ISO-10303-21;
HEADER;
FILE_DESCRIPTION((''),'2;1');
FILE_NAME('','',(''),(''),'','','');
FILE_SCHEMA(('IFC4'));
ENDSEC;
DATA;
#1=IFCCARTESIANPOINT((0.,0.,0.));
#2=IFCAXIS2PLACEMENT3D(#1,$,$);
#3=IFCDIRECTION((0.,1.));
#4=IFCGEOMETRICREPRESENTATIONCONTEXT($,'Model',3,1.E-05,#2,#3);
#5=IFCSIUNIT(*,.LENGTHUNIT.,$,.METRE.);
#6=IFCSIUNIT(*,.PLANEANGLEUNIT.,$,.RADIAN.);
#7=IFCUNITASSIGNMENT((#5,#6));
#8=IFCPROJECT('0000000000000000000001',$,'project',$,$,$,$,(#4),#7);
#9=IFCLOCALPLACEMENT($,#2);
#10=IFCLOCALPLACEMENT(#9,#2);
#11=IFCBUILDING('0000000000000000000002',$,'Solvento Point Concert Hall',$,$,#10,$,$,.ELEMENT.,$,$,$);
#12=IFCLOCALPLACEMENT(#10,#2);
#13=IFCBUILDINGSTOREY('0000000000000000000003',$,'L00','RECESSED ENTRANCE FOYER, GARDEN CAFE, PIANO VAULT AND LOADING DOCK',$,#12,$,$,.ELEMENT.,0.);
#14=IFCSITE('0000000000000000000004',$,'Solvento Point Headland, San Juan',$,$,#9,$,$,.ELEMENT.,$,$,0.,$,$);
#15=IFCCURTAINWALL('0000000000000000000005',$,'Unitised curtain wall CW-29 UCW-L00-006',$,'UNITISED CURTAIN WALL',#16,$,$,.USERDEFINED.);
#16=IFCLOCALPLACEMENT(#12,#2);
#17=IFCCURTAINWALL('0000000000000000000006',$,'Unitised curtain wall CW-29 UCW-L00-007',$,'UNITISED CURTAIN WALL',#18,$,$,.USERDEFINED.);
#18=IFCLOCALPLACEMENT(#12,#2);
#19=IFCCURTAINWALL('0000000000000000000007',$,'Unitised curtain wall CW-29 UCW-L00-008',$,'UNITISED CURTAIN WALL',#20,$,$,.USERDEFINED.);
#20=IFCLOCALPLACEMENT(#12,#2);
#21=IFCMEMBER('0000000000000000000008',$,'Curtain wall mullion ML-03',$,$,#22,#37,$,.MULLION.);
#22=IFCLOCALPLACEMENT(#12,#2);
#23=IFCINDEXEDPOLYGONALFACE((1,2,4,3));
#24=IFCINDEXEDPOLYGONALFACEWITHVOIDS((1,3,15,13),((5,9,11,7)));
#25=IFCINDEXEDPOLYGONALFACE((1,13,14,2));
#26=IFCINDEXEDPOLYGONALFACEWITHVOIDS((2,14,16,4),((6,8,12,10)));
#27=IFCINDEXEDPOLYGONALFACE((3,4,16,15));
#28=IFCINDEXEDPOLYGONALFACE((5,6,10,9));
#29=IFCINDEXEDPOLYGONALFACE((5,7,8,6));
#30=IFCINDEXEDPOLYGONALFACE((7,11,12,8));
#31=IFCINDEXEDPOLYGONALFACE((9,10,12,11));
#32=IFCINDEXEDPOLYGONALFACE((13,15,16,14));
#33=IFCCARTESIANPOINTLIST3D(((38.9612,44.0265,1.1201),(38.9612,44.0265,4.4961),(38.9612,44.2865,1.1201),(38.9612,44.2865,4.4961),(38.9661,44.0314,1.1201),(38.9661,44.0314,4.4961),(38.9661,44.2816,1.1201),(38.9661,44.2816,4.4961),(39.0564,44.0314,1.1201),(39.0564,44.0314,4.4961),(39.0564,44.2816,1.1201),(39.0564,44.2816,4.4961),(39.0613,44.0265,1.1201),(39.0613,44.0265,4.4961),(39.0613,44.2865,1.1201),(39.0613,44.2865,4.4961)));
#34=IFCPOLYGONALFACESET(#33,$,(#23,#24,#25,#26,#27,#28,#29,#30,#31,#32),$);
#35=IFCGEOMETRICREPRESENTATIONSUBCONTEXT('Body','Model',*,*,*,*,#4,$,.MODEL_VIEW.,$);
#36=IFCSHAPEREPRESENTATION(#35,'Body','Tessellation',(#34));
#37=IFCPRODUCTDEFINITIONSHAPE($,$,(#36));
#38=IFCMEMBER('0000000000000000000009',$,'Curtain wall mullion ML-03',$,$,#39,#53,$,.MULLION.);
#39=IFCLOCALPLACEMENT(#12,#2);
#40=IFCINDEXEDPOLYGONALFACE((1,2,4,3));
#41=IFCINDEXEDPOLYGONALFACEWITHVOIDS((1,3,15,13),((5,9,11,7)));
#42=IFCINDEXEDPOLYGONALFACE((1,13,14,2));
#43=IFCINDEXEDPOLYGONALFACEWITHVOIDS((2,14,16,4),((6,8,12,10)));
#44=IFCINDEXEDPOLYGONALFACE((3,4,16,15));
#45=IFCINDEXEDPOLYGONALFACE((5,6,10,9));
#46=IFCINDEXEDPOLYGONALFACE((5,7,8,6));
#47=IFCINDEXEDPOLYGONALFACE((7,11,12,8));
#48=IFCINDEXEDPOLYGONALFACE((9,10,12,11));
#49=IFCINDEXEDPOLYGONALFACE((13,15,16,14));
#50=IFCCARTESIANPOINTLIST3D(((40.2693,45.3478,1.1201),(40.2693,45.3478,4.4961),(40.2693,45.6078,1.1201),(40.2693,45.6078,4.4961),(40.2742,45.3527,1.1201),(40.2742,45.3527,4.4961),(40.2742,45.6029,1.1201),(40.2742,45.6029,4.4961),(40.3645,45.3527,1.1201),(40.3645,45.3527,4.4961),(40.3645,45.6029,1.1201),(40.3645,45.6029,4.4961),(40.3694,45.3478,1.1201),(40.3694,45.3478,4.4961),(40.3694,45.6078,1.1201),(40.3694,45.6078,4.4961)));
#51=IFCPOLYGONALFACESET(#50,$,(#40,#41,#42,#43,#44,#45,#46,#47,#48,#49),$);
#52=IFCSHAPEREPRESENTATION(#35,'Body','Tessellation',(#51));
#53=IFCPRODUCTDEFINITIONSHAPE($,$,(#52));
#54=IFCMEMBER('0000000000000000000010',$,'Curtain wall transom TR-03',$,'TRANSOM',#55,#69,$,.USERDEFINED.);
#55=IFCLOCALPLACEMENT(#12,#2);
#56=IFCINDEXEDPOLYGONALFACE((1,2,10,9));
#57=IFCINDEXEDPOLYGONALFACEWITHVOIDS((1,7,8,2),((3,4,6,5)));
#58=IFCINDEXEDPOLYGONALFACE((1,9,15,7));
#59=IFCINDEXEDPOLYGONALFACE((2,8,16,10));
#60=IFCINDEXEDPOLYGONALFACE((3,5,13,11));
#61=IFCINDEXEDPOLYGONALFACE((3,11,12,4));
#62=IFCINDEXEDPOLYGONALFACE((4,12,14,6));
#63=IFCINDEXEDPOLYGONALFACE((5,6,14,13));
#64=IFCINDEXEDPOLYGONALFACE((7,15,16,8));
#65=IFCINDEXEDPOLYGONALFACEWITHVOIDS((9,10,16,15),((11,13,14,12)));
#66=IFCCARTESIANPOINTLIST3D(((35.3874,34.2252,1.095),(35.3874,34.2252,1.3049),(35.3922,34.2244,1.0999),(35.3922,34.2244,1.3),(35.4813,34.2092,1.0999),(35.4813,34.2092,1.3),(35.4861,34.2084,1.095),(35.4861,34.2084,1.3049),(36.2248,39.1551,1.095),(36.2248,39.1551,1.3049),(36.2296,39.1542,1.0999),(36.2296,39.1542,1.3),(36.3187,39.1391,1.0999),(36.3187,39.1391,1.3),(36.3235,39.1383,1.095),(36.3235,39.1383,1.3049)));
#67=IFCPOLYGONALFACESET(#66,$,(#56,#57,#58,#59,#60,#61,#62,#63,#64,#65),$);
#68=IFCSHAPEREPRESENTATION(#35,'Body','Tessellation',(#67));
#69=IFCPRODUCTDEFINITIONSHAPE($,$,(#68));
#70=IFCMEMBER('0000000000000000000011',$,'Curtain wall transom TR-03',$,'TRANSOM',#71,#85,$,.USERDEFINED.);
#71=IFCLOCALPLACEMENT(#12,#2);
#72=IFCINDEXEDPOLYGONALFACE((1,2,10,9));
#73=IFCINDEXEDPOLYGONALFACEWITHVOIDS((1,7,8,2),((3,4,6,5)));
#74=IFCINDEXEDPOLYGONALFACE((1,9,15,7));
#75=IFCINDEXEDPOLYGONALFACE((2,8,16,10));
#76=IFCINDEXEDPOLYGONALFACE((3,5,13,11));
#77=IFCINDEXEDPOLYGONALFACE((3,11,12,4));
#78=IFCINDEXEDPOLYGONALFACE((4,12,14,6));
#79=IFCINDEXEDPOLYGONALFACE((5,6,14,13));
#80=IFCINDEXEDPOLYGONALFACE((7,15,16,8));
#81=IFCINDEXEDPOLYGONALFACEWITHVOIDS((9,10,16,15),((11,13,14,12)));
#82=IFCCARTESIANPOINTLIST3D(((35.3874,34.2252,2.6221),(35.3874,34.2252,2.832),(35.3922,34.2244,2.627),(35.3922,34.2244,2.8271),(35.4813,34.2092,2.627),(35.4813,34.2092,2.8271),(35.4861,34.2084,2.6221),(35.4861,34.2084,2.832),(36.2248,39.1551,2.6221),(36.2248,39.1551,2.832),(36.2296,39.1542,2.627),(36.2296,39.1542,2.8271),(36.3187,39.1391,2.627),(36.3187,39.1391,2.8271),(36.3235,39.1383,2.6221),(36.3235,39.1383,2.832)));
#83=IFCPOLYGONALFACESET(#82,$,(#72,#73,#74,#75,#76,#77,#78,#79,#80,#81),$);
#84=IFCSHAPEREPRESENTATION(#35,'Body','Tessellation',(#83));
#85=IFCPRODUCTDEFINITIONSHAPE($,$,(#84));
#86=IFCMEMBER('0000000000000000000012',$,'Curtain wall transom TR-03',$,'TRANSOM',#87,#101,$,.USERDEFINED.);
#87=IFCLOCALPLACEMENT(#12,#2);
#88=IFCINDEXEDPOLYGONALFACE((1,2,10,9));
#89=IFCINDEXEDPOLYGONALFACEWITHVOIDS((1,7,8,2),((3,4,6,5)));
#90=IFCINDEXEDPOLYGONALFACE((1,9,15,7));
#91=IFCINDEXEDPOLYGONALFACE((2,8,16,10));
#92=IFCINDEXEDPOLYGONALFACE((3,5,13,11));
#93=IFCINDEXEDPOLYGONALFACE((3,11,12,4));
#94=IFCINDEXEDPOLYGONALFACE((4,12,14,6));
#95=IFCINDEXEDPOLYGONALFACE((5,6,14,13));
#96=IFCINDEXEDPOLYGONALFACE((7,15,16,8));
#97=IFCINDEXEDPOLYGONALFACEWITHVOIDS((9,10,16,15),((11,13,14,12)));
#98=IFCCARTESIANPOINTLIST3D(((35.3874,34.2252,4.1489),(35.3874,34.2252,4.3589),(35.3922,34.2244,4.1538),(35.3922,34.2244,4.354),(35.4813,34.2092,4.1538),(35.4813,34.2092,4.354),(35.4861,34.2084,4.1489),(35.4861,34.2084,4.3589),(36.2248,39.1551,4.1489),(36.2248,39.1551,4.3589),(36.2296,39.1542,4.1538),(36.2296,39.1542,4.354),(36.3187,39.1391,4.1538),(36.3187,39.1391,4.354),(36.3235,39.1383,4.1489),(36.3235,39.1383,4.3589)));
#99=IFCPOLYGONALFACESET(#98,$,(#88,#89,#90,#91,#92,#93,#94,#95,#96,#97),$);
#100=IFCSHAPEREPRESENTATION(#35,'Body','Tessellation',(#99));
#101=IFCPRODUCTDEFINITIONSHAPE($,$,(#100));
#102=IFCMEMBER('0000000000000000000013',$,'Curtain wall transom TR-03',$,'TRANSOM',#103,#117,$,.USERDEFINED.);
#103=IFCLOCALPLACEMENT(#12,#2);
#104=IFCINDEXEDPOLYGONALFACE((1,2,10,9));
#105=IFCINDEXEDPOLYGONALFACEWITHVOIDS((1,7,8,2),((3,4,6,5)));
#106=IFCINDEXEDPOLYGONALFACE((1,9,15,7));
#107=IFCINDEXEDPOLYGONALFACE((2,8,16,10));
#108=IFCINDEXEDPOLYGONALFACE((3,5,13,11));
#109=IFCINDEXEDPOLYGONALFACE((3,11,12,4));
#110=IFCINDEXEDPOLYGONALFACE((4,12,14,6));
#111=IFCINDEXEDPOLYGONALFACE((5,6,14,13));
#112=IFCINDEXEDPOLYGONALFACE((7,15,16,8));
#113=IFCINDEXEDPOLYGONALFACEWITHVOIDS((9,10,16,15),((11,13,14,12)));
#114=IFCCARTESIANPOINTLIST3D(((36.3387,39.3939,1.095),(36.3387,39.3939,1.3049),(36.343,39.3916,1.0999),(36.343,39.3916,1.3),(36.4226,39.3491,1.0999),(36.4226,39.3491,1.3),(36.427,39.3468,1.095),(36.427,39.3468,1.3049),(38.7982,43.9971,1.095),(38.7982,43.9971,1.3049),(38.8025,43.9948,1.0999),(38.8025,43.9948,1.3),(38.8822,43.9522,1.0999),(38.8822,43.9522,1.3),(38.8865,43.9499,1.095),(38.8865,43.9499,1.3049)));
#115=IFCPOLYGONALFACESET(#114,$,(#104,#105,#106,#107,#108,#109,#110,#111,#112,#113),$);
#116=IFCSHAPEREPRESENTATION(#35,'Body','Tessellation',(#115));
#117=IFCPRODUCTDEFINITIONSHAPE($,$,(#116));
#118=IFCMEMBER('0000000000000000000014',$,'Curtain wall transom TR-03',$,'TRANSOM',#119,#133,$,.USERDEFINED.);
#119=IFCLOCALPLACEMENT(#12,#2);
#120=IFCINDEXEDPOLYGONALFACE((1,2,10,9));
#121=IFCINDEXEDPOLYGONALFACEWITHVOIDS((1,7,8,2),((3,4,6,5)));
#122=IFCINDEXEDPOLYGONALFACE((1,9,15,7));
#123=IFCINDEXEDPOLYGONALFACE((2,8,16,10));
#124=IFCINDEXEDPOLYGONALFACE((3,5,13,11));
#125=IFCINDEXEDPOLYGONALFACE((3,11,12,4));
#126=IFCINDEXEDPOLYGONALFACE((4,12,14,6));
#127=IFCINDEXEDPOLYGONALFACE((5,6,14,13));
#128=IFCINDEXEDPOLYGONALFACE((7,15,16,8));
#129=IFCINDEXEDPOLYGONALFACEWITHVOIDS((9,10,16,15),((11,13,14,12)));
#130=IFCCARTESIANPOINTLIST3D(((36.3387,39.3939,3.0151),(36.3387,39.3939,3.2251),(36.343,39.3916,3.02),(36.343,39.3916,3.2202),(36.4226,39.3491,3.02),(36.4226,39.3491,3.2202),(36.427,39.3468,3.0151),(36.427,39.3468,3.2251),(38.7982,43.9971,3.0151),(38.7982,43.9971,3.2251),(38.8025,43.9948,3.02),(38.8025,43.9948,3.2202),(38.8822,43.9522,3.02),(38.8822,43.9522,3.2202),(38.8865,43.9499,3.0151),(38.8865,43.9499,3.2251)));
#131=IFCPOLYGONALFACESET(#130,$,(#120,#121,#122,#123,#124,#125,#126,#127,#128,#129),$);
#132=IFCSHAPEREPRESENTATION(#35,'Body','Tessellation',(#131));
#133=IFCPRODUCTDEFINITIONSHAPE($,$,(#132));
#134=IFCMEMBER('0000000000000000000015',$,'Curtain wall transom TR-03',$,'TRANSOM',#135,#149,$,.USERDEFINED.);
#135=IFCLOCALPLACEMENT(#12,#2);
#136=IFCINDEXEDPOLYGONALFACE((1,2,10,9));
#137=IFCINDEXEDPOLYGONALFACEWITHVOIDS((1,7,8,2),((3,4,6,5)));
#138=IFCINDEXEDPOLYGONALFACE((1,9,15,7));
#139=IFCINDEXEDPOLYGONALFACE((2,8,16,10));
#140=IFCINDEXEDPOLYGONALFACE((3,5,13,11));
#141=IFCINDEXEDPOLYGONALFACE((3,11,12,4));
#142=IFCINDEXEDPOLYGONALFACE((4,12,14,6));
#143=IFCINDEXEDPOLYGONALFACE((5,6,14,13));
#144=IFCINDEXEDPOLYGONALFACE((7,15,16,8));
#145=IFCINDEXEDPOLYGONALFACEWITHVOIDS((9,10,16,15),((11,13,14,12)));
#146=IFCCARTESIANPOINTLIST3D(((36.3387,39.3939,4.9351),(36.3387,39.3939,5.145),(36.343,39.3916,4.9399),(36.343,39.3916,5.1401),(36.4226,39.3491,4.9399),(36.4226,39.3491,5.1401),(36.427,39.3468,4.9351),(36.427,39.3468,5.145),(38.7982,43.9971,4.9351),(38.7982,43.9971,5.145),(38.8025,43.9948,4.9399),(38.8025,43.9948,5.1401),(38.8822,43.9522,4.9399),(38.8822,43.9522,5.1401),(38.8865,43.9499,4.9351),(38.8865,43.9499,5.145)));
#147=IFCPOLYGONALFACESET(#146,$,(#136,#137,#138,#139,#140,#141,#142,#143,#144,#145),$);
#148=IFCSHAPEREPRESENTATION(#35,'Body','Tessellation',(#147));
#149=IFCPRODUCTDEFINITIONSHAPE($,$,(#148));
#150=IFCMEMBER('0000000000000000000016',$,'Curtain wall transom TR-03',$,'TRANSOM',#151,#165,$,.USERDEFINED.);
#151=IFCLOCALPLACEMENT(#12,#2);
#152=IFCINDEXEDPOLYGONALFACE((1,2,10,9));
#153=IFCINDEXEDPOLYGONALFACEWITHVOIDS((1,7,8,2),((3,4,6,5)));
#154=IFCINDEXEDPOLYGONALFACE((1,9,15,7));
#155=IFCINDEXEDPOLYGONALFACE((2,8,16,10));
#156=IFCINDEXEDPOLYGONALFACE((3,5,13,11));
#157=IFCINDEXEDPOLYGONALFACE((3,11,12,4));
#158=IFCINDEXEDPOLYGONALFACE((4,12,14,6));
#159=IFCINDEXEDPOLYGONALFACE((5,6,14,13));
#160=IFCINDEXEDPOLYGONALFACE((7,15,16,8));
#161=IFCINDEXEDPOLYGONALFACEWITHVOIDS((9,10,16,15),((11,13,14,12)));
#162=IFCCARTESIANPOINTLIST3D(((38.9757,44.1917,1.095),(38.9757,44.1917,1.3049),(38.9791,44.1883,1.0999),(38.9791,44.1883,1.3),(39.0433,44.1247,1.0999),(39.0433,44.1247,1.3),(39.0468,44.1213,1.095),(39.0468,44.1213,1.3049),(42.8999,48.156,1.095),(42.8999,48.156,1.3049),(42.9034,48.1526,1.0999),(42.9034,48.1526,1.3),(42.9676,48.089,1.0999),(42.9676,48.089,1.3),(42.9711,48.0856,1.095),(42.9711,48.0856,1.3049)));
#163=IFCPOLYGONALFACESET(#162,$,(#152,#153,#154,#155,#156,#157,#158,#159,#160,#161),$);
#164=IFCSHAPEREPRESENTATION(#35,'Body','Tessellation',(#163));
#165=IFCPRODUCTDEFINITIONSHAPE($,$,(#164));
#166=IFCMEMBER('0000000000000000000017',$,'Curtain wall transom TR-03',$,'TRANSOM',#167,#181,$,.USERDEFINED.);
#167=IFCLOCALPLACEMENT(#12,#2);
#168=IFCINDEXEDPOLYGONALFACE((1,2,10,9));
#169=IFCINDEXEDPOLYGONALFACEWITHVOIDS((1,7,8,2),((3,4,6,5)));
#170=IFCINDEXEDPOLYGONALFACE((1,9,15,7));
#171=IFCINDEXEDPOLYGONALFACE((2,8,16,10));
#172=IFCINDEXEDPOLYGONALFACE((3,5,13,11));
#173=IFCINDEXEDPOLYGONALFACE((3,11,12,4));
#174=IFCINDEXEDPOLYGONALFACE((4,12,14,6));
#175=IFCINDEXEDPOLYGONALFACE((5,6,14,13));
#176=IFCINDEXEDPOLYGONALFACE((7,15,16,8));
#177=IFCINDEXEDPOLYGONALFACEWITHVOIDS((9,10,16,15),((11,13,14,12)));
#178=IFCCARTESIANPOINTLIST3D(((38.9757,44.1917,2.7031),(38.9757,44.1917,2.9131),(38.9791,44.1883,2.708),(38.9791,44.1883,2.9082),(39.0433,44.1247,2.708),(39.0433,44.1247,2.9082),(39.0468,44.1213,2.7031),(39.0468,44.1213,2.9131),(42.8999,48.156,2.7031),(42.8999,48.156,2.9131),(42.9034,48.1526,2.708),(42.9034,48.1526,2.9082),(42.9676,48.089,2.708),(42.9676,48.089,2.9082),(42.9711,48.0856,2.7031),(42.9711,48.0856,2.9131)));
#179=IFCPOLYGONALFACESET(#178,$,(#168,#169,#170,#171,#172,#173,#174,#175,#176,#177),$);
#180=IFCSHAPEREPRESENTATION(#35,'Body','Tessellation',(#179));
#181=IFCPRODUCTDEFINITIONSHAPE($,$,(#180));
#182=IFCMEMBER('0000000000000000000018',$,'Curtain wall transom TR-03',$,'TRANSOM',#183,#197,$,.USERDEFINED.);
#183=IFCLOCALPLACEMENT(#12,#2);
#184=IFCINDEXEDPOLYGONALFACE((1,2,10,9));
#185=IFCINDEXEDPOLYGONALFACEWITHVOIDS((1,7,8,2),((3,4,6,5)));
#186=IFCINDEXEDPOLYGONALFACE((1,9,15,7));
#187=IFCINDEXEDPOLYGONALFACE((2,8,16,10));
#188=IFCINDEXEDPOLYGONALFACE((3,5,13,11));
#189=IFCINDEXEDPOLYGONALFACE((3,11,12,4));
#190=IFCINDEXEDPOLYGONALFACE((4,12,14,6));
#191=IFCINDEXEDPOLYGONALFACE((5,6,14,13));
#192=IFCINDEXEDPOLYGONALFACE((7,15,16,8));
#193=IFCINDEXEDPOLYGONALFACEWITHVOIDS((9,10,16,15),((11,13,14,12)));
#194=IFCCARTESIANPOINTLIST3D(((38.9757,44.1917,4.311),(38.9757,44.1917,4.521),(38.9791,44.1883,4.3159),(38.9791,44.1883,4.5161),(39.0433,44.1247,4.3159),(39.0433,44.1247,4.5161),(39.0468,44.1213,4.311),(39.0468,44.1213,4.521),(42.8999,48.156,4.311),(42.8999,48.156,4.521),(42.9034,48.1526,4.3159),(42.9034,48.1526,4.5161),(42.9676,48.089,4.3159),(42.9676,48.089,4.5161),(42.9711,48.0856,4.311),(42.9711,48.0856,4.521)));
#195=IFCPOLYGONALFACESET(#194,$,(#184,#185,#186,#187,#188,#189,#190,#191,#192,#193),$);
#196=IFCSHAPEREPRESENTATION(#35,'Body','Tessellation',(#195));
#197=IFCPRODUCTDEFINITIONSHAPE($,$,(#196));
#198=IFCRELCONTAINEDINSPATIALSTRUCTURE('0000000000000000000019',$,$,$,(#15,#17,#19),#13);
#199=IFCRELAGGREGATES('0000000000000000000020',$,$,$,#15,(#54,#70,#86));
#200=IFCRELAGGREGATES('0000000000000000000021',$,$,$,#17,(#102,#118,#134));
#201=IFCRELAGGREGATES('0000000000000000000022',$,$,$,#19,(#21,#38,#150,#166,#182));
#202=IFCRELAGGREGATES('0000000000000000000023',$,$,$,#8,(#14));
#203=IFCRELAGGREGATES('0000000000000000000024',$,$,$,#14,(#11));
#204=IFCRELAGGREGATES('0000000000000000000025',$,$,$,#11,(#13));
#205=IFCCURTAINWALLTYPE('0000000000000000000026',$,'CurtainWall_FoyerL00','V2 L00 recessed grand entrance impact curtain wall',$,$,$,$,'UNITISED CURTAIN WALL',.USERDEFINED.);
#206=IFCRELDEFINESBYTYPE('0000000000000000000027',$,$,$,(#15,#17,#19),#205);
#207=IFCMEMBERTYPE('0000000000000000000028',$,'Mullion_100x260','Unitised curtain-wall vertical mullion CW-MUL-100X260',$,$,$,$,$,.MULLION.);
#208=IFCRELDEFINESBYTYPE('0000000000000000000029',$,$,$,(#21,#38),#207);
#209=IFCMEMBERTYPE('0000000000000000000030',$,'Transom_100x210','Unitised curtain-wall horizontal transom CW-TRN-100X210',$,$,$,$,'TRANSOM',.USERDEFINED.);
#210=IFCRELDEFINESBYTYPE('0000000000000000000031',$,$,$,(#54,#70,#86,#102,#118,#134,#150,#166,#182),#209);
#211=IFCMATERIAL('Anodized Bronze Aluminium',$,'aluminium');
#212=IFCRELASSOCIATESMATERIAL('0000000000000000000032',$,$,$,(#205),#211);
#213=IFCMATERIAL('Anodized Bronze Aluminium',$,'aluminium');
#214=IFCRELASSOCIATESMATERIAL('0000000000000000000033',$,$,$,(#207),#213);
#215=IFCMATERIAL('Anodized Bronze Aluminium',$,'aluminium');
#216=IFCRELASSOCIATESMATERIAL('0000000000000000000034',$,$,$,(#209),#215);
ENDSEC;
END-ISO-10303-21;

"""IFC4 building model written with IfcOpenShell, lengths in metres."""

from ifc_helpers import new_model, si_unit, direction, frame, origin, origin_2d, place, context, subcontext, project, spatial, hollow_rectangle, extrude, material, material_profile, profile_set, type_object, element, aggregate, save


model = new_model("IFC4")

# Units and contexts
model_context = context("Model", 3, precision=1e-05, world=origin(), true_north=direction((0.0, 1.0)))
body_context = subcontext(model_context, "Body", "Model", "MODEL_VIEW")
ifc_project = project(units=[si_unit("LENGTHUNIT", "METRE"), si_unit("PLANEANGLEUNIT", "RADIAN")], contexts=[model_context])

# Site, building, storey
site_placement = place(None, origin())
site = spatial("IfcSite", under=ifc_project, at=site_placement, Name="Solvento Point Headland, San Juan", CompositionType="ELEMENT", RefElevation=0.0)
building_placement = place(site_placement, origin())
building = spatial("IfcBuilding", under=site, at=building_placement, Name="Solvento Point Concert Hall", CompositionType="ELEMENT")
storey_placement = place(building_placement, origin())
storey = spatial("IfcBuildingStorey", under=building, at=storey_placement, Name="L00", Description="RECESSED ENTRANCE FOYER, GARDEN CAFE, PIANO VAULT AND LOADING DOCK", CompositionType="ELEMENT", Elevation=0.0)

# Curtain walls, members
ifc_material_1 = material(Name="Anodized Bronze Aluminium", Category="aluminium")
curtain_wall_type = type_object("IfcCurtainWallType", Name="CurtainWall_FoyerL00", Description="V2 L00 recessed grand entrance impact curtain wall", ElementType="UNITISED CURTAIN WALL", PredefinedType="USERDEFINED", material=ifc_material_1)
curtain_wall_1_placement = place(storey_placement, origin())
curtain_wall_1 = element("IfcCurtainWall", 1, at=curtain_wall_1_placement, inside=storey, type_object=curtain_wall_type, Name="Unitised curtain wall CW-29 UCW-L00-006", ObjectType="UNITISED CURTAIN WALL", PredefinedType="USERDEFINED")
ifc_material_2 = material(Name="Anodized Bronze Aluminium", Category="aluminium")
ifc_material_profile_1 = material_profile(ifc_material_2, hollow_rectangle(XDim=0.1001, YDim=0.26, WallThickness=0.0049, at=origin_2d()), Name="CW-MUL-100X260")
ifc_profile_set_1 = profile_set([ifc_material_profile_1], Name="Anodized Bronze Aluminium")
member_type_1 = type_object("IfcMemberType", Name="Mullion_100x260", Description="Unitised curtain-wall vertical mullion CW-MUL-100X260", PredefinedType="MULLION", material=ifc_profile_set_1)
curtain_wall_2_placement = place(storey_placement, origin())
curtain_wall_2 = element("IfcCurtainWall", 2, at=curtain_wall_2_placement, inside=storey, type_object=curtain_wall_type, Name="Unitised curtain wall CW-29 UCW-L00-007", ObjectType="UNITISED CURTAIN WALL", PredefinedType="USERDEFINED")
curtain_wall_3_placement = place(storey_placement, origin())
curtain_wall_3 = element("IfcCurtainWall", 3, at=curtain_wall_3_placement, inside=storey, type_object=curtain_wall_type, Name="Unitised curtain wall CW-29 UCW-L00-008", ObjectType="UNITISED CURTAIN WALL", PredefinedType="USERDEFINED")
member_1_placement = place(storey_placement, frame((39.0112, 44.1565, 1.1201), z_axis=(0.0, 0.0, 1.0), x_axis=(1.0, 0.0, 0.0)))
member_1 = element("IfcMember", 4, at=member_1_placement, type_object=member_type_1, Name="Curtain wall mullion ML-03", PredefinedType="MULLION", context=body_context, shape_type="SweptSolid", body=[
    extrude(hollow_rectangle(XDim=0.1001, YDim=0.26, WallThickness=0.0049, at=origin_2d()), origin(), (0.0, 0.0, 1.0), 3.376),
])
member_2_placement = place(storey_placement, frame((40.3193, 45.4778, 1.1201), z_axis=(0.0, 0.0, 1.0), x_axis=(1.0, 0.0, 0.0)))
member_2 = element("IfcMember", 5, at=member_2_placement, type_object=member_type_1, Name="Curtain wall mullion ML-03", PredefinedType="MULLION", context=body_context, shape_type="SweptSolid", body=[
    extrude(hollow_rectangle(XDim=0.1001, YDim=0.26, WallThickness=0.0049, at=origin_2d()), origin(), (0.0, 0.0, 1.0), 3.376),
])

# Members
ifc_material_3 = material(Name="Anodized Bronze Aluminium", Category="aluminium")
ifc_material_profile_2 = material_profile(ifc_material_3, hollow_rectangle(XDim=0.1001, YDim=0.21, WallThickness=0.0049, at=origin_2d()), Name="CW-TRN-100X210")
ifc_profile_set_2 = profile_set([ifc_material_profile_2], Name="Anodized Bronze Aluminium")
member_type_2 = type_object("IfcMemberType", Name="Transom_100x210", Description="Unitised curtain-wall horizontal transom CW-TRN-100X210", ElementType="TRANSOM", PredefinedType="USERDEFINED", material=ifc_profile_set_2)
member_3_placement = place(storey_placement, frame((35.4368, 34.2168, 1.2), z_axis=(0.167462, 0.985879, 0.0), x_axis=(-0.985879, 0.167462, 0.0)))
member_3 = element("IfcMember", 6, at=member_3_placement, type_object=member_type_2, Name="Curtain wall transom TR-03", ObjectType="TRANSOM", PredefinedType="USERDEFINED", context=body_context, shape_type="SweptSolid", body=[
    extrude(hollow_rectangle(XDim=0.1001, YDim=0.21, WallThickness=0.0049, at=origin_2d()), origin(), (0.0, 0.0, 1.0), 5.0005),
])
member_4_placement = place(storey_placement, frame((35.4368, 34.2168, 2.7271), z_axis=(0.167462, 0.985879, 0.0), x_axis=(-0.985879, 0.167462, 0.0)))
member_4 = element("IfcMember", 7, at=member_4_placement, type_object=member_type_2, Name="Curtain wall transom TR-03", ObjectType="TRANSOM", PredefinedType="USERDEFINED", context=body_context, shape_type="SweptSolid", body=[
    extrude(hollow_rectangle(XDim=0.1001, YDim=0.21, WallThickness=0.0049, at=origin_2d()), origin(), (0.0, 0.0, 1.0), 5.0005),
])
member_5_placement = place(storey_placement, frame((35.4368, 34.2168, 4.2539), z_axis=(0.167462, 0.985879, 0.0), x_axis=(-0.985879, 0.167462, 0.0)))
member_5 = element("IfcMember", 8, at=member_5_placement, type_object=member_type_2, Name="Curtain wall transom TR-03", ObjectType="TRANSOM", PredefinedType="USERDEFINED", context=body_context, shape_type="SweptSolid", body=[
    extrude(hollow_rectangle(XDim=0.1001, YDim=0.21, WallThickness=0.0049, at=origin_2d()), origin(), (0.0, 0.0, 1.0), 5.0005),
])
member_6_placement = place(storey_placement, frame((36.3828, 39.3704, 1.2), z_axis=(0.471263, 0.881993, 0.0), x_axis=(-0.881993, 0.471263, 0.0)))
member_6 = element("IfcMember", 9, at=member_6_placement, type_object=member_type_2, Name="Curtain wall transom TR-03", ObjectType="TRANSOM", PredefinedType="USERDEFINED", context=body_context, shape_type="SweptSolid", body=[
    extrude(hollow_rectangle(XDim=0.1001, YDim=0.21, WallThickness=0.0049, at=origin_2d()), origin(), (0.0, 0.0, 1.0), 5.219),
])
member_7_placement = place(storey_placement, frame((36.3828, 39.3704, 3.1201), z_axis=(0.471263, 0.881993, 0.0), x_axis=(-0.881993, 0.471263, 0.0)))
member_7 = element("IfcMember", 10, at=member_7_placement, type_object=member_type_2, Name="Curtain wall transom TR-03", ObjectType="TRANSOM", PredefinedType="USERDEFINED", context=body_context, shape_type="SweptSolid", body=[
    extrude(hollow_rectangle(XDim=0.1001, YDim=0.21, WallThickness=0.0049, at=origin_2d()), origin(), (0.0, 0.0, 1.0), 5.219),
])
member_8_placement = place(storey_placement, frame((36.3828, 39.3704, 5.04), z_axis=(0.471263, 0.881993, 0.0), x_axis=(-0.881993, 0.471263, 0.0)))
member_8 = element("IfcMember", 11, at=member_8_placement, type_object=member_type_2, Name="Curtain wall transom TR-03", ObjectType="TRANSOM", PredefinedType="USERDEFINED", context=body_context, shape_type="SweptSolid", body=[
    extrude(hollow_rectangle(XDim=0.1001, YDim=0.21, WallThickness=0.0049, at=origin_2d()), origin(), (0.0, 0.0, 1.0), 5.219),
])
member_9_placement = place(storey_placement, frame((39.0112, 44.1565, 1.2), z_axis=(0.703509, 0.710687, 0.0), x_axis=(-0.710687, 0.703509, 0.0)))
member_9 = element("IfcMember", 12, at=member_9_placement, type_object=member_type_2, Name="Curtain wall transom TR-03", ObjectType="TRANSOM", PredefinedType="USERDEFINED", context=body_context, shape_type="SweptSolid", body=[
    extrude(hollow_rectangle(XDim=0.1001, YDim=0.21, WallThickness=0.0049, at=origin_2d()), origin(), (0.0, 0.0, 1.0), 5.5781),
])
member_10_placement = place(storey_placement, frame((39.0112, 44.1565, 2.8081), z_axis=(0.703509, 0.710687, 0.0), x_axis=(-0.710687, 0.703509, 0.0)))
member_10 = element("IfcMember", 13, at=member_10_placement, type_object=member_type_2, Name="Curtain wall transom TR-03", ObjectType="TRANSOM", PredefinedType="USERDEFINED", context=body_context, shape_type="SweptSolid", body=[
    extrude(hollow_rectangle(XDim=0.1001, YDim=0.21, WallThickness=0.0049, at=origin_2d()), origin(), (0.0, 0.0, 1.0), 5.5781),
])
member_11_placement = place(storey_placement, frame((39.0112, 44.1565, 4.416), z_axis=(0.703509, 0.710687, 0.0), x_axis=(-0.710687, 0.703509, 0.0)))
member_11 = element("IfcMember", 14, at=member_11_placement, type_object=member_type_2, Name="Curtain wall transom TR-03", ObjectType="TRANSOM", PredefinedType="USERDEFINED", context=body_context, shape_type="SweptSolid", body=[
    extrude(hollow_rectangle(XDim=0.1001, YDim=0.21, WallThickness=0.0049, at=origin_2d()), origin(), (0.0, 0.0, 1.0), 5.5781),
])

aggregate(curtain_wall_1, [member_3, member_4, member_5])
aggregate(curtain_wall_2, [member_6, member_7, member_8])
aggregate(curtain_wall_3, [member_1, member_2, member_9, member_10, member_11])

save(model, "model.ifc")
